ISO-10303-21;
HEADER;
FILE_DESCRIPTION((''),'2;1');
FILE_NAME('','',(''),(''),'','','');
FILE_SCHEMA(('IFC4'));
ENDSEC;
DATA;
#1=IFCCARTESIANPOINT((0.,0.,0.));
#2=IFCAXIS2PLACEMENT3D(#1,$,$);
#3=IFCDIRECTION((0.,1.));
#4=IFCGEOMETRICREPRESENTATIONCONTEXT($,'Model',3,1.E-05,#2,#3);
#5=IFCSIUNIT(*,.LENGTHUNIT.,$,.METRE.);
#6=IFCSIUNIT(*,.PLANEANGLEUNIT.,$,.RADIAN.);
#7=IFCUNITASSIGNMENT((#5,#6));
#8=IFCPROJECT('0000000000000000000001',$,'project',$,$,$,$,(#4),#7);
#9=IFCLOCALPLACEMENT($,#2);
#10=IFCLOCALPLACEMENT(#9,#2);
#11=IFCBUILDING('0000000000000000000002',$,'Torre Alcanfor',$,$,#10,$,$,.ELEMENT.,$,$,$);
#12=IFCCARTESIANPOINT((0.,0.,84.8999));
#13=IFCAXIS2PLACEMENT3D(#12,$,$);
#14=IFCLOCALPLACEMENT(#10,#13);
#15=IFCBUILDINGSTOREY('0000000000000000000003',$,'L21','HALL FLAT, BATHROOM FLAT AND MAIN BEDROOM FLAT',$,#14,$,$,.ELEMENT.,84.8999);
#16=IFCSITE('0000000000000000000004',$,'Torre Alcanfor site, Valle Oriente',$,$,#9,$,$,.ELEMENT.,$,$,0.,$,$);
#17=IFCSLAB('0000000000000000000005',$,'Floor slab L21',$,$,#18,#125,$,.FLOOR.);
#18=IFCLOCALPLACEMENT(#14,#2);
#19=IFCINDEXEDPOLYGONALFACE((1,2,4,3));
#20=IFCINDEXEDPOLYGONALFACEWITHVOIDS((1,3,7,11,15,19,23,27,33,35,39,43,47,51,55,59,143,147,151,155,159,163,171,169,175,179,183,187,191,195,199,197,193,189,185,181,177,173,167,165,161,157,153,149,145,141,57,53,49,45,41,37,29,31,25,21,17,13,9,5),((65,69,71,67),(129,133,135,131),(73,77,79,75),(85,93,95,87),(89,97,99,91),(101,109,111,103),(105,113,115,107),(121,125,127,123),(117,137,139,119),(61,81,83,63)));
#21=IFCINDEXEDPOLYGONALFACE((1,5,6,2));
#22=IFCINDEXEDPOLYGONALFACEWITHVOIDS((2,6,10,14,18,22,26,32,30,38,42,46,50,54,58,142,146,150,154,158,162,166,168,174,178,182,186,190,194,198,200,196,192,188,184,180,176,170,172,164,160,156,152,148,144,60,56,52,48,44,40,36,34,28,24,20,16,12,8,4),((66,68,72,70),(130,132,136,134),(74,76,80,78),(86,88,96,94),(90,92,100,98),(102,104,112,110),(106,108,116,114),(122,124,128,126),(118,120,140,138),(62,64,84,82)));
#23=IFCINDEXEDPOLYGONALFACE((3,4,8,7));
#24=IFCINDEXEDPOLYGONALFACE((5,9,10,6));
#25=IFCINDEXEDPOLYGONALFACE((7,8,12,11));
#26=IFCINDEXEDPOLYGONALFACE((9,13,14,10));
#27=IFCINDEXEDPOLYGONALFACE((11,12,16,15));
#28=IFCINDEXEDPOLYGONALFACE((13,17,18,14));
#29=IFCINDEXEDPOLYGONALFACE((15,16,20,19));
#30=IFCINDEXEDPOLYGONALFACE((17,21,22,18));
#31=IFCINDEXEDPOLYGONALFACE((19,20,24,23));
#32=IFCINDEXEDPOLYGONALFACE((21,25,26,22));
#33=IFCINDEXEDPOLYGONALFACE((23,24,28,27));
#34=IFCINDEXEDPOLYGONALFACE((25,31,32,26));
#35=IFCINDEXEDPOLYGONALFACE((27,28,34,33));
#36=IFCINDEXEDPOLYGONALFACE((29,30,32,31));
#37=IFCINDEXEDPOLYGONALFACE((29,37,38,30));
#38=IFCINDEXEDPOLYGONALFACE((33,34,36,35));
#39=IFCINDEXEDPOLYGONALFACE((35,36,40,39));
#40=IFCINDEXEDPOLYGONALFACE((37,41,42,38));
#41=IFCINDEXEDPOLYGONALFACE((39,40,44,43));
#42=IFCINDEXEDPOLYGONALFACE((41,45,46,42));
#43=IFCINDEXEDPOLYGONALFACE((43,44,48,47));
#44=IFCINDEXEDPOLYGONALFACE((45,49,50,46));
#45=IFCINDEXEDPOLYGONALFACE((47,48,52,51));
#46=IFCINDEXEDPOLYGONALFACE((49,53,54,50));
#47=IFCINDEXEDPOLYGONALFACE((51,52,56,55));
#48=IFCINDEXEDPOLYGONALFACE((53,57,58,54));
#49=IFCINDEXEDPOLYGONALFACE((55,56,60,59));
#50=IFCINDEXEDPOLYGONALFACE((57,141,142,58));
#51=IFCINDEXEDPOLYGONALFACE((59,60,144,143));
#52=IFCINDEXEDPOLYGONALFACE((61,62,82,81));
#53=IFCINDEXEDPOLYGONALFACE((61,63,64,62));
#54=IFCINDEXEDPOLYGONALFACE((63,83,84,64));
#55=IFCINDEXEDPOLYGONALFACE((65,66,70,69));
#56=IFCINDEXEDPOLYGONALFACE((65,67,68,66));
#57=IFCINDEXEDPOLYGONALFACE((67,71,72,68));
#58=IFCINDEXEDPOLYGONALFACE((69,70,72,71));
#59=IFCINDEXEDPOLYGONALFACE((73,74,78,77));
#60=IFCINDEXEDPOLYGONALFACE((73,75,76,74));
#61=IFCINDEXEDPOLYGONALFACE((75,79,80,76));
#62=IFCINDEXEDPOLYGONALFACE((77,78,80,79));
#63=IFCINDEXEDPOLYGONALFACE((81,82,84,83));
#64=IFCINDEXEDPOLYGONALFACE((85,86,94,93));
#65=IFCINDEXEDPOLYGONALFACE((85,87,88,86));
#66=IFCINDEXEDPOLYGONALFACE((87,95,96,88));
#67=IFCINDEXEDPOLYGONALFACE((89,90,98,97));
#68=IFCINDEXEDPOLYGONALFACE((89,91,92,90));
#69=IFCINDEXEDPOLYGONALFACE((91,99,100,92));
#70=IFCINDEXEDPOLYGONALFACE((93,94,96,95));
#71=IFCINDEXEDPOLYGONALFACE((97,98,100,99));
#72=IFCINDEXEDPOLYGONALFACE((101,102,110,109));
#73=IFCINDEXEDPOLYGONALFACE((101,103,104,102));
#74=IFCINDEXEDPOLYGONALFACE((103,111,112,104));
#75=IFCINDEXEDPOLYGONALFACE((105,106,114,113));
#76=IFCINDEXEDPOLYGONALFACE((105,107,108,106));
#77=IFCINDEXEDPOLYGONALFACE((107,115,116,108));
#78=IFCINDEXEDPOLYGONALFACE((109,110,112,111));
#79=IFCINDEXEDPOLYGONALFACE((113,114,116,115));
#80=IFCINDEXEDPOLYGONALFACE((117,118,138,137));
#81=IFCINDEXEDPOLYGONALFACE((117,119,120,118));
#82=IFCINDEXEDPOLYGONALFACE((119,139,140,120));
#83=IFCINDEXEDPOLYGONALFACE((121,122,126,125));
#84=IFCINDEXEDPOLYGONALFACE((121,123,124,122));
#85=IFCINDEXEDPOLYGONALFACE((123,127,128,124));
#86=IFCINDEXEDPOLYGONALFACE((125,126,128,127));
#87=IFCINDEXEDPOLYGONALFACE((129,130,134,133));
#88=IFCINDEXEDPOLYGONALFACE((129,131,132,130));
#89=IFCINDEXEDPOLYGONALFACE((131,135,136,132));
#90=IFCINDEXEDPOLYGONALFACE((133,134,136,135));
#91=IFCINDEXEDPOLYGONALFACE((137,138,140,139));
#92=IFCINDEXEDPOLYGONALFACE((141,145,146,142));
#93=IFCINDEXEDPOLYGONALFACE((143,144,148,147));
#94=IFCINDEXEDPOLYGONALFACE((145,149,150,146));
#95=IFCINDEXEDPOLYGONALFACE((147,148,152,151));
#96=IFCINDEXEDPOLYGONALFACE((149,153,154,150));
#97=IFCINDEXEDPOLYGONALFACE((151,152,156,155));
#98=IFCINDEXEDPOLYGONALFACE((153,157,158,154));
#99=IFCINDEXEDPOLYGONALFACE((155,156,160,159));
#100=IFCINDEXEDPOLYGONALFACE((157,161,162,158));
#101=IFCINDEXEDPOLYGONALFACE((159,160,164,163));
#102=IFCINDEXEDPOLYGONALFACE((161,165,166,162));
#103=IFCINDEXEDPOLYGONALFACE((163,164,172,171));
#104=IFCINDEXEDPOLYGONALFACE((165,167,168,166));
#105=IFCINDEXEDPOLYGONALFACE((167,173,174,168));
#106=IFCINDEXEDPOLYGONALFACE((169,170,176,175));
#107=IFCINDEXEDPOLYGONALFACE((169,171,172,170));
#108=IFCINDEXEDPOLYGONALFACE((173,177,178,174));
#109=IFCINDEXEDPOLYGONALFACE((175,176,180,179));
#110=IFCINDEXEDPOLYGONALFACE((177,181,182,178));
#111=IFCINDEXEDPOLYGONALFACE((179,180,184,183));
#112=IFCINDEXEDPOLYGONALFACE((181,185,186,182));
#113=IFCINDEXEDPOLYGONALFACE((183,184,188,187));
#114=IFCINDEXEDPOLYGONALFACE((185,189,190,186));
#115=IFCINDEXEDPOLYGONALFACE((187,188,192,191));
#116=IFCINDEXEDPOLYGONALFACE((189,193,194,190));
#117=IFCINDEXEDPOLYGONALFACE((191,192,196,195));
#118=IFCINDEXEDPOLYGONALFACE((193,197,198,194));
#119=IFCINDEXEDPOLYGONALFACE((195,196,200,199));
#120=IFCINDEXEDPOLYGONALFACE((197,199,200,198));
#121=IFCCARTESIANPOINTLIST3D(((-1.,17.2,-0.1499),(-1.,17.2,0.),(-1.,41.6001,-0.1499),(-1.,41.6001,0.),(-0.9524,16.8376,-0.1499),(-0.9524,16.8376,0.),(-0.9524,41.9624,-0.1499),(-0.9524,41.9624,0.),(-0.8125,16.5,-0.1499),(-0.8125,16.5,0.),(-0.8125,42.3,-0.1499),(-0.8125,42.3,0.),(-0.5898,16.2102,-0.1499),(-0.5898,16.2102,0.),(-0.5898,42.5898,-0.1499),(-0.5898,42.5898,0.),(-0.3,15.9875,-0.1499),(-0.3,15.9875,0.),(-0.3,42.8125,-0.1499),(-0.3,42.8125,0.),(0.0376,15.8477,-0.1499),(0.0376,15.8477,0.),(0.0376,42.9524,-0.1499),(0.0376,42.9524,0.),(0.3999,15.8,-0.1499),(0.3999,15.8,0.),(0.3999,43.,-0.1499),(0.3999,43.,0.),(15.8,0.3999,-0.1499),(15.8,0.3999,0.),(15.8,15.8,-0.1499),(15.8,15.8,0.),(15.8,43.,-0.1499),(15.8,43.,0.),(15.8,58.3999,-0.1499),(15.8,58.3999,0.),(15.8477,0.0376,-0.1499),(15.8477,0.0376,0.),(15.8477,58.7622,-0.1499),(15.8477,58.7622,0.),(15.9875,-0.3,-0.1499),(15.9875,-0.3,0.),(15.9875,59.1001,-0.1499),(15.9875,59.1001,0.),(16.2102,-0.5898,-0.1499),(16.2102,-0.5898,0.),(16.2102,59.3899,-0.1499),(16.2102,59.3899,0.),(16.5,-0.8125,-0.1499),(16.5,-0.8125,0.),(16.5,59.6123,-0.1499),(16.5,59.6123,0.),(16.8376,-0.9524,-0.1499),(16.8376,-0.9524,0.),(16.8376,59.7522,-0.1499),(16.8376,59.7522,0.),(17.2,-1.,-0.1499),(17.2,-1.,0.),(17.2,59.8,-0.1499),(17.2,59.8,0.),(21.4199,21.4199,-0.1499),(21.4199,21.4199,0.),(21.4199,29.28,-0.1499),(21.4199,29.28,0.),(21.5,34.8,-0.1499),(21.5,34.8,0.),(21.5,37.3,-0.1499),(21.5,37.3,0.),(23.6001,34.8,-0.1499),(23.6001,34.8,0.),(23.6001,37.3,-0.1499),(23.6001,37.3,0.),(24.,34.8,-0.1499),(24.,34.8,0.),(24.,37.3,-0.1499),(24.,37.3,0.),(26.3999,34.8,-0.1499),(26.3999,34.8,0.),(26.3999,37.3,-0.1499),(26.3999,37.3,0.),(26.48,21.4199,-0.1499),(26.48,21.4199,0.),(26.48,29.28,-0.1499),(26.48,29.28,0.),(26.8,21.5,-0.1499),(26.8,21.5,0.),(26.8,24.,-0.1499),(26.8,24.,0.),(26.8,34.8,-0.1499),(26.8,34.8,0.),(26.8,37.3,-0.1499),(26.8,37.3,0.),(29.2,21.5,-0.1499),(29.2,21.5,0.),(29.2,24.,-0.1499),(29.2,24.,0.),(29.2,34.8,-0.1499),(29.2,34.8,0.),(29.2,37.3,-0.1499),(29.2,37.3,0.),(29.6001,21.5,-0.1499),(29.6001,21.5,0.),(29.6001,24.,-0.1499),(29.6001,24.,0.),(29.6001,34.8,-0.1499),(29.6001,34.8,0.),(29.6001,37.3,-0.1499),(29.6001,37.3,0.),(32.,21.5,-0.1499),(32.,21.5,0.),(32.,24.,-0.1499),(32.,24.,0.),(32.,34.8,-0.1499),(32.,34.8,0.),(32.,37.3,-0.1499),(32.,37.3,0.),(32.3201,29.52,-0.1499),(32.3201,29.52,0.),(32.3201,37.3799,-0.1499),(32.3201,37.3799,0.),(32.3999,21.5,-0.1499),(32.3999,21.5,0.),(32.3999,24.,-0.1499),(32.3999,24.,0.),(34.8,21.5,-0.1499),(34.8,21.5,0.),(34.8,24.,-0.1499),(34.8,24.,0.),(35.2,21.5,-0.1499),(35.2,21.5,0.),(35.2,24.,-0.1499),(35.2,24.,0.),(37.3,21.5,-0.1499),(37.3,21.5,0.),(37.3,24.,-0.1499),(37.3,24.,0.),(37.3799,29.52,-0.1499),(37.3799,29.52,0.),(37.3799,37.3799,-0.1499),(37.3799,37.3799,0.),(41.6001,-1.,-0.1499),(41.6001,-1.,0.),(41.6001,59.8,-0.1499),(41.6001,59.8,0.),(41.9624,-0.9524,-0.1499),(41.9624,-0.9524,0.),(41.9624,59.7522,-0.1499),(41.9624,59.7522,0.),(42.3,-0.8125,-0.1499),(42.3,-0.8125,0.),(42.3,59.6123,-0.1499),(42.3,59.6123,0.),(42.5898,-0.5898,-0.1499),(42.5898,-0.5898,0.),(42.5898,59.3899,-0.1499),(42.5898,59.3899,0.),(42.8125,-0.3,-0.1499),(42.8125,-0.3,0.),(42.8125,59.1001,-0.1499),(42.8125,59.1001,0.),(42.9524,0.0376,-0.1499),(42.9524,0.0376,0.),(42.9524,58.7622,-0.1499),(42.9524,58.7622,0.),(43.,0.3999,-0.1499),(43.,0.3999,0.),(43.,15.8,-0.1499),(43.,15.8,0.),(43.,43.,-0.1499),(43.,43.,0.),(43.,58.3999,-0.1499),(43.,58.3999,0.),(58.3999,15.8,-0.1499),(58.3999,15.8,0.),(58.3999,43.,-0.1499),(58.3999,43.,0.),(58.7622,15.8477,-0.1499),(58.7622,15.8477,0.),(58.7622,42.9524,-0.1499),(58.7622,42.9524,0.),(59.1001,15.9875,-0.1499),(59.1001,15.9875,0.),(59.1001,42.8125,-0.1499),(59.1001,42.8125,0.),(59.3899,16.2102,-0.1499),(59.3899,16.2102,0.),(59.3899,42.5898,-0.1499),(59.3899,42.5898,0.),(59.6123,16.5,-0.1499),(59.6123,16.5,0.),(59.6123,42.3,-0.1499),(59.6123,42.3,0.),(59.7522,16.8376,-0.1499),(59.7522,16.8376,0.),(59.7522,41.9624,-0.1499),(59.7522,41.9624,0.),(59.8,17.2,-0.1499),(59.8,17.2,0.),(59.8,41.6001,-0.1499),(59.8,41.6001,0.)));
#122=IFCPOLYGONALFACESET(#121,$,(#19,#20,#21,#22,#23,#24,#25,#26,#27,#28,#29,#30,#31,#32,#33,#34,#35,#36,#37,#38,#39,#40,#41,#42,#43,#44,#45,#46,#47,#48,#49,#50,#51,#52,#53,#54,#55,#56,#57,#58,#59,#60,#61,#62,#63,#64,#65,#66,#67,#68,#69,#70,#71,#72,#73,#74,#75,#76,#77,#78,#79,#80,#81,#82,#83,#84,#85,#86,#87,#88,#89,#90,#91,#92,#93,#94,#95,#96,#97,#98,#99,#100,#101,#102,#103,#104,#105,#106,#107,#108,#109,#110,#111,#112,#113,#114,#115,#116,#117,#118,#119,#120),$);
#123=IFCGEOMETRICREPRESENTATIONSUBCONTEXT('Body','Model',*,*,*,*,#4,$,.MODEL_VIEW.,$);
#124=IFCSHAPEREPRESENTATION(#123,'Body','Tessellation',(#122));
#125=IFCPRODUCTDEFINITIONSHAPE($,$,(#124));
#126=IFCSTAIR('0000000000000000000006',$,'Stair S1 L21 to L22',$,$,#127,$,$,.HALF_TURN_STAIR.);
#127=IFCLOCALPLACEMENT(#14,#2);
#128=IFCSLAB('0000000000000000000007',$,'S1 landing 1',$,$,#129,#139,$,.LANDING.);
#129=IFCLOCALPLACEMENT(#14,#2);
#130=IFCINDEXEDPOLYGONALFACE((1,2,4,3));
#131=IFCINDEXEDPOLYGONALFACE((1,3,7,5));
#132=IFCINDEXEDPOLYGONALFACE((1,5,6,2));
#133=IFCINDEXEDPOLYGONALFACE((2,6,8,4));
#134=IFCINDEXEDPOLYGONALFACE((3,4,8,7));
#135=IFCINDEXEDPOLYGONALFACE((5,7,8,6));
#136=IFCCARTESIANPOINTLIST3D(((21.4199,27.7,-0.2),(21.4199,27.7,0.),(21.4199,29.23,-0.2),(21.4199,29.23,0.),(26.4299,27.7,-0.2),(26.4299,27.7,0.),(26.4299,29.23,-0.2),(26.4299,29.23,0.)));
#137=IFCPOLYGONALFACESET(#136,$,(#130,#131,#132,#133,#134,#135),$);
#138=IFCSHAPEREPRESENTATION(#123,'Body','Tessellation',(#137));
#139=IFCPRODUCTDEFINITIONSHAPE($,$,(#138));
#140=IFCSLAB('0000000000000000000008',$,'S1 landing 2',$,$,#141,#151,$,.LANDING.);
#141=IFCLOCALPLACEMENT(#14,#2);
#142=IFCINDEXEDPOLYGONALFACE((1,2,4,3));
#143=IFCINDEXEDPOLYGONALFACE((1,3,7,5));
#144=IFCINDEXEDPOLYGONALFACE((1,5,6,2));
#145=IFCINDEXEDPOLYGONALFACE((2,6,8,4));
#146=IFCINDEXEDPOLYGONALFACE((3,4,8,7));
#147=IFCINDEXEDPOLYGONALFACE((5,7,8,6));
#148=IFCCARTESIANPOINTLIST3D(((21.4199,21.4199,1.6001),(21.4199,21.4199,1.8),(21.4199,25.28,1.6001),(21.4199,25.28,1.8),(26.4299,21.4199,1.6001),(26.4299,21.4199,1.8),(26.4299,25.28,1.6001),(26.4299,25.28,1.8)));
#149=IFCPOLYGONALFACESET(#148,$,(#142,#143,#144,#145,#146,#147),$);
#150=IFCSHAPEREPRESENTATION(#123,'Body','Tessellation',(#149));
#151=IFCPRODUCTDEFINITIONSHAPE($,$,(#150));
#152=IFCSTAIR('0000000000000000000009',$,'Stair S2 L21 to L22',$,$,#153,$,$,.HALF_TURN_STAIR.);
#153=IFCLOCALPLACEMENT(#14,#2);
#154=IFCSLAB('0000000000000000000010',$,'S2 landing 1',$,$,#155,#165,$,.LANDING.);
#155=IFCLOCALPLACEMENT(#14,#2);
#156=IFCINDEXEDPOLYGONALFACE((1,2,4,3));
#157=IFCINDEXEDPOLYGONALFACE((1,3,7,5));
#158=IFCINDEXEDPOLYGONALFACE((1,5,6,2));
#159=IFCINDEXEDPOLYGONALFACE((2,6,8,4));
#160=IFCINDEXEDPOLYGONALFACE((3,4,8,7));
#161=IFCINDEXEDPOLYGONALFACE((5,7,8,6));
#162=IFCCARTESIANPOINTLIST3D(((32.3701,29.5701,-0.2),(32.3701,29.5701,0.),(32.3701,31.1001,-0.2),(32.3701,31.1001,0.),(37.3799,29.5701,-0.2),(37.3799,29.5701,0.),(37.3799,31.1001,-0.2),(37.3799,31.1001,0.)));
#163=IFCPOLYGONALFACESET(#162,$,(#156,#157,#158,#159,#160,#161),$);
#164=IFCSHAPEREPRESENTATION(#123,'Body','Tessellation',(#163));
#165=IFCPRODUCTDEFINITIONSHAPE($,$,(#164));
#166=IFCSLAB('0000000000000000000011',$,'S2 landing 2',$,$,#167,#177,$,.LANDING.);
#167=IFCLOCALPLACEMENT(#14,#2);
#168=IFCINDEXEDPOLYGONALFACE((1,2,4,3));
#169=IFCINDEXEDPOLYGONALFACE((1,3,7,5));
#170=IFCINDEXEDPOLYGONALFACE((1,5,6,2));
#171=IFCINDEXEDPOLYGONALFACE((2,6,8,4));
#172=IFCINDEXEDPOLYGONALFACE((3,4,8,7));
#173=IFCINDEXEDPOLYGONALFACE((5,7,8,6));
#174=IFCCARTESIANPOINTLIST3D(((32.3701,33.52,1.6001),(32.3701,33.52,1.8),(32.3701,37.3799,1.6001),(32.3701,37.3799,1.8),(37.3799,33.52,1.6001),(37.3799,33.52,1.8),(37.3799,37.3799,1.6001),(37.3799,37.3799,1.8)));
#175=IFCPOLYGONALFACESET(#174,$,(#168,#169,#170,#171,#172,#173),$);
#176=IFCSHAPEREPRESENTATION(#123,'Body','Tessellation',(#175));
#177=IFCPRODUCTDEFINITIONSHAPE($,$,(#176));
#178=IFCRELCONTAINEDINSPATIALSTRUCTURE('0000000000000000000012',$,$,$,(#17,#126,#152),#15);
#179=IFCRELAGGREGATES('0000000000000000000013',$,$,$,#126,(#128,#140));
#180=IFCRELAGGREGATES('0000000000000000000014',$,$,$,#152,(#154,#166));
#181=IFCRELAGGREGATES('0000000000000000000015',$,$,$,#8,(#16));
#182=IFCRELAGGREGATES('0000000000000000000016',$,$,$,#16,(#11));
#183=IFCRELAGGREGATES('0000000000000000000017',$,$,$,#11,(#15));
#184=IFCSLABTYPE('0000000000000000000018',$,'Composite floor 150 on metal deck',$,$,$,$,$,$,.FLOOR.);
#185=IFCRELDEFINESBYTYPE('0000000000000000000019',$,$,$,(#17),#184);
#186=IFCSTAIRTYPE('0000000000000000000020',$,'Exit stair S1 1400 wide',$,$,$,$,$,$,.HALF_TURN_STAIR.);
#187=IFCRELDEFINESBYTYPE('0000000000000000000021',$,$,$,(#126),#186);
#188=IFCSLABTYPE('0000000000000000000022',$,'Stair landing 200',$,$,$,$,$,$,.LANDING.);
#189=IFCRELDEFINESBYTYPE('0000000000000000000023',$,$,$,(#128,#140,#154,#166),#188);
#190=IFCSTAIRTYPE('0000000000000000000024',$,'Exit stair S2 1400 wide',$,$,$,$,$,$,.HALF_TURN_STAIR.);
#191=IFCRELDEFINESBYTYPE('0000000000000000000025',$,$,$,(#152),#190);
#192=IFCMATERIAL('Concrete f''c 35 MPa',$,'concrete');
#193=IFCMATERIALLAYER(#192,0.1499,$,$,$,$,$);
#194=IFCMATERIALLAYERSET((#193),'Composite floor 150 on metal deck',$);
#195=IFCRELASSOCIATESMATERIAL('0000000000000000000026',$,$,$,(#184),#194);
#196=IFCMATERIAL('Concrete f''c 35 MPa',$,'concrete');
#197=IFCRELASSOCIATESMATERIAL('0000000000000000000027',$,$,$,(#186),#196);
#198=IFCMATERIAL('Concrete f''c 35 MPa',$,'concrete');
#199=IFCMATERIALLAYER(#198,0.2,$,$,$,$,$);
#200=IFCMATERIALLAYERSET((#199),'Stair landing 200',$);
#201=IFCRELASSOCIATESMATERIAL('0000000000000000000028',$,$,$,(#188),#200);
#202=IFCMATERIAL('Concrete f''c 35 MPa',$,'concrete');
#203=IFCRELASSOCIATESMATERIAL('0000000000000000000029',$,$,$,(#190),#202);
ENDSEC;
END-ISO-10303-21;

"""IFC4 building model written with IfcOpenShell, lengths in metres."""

from ifc_helpers import new_model, si_unit, direction, frame, origin, place, context, subcontext, project, spatial, polyline, outline, extrude, material, layer, layer_set, type_object, element, aggregate, save


model = new_model("IFC4")

# Units and contexts
model_context = context("Model", 3, precision=1e-05, world=origin(), true_north=direction((0.0, 1.0)))
body_context = subcontext(model_context, "Body", "Model", "MODEL_VIEW")
ifc_project = project(units=[si_unit("LENGTHUNIT", "METRE"), si_unit("PLANEANGLEUNIT", "RADIAN")], contexts=[model_context])

# Site, building, storey
site_placement = place(None, origin())
site = spatial("IfcSite", under=ifc_project, at=site_placement, Name="Torre Alcanfor site, Valle Oriente", CompositionType="ELEMENT", RefElevation=0.0)
building_placement = place(site_placement, origin())
building = spatial("IfcBuilding", under=site, at=building_placement, Name="Torre Alcanfor", CompositionType="ELEMENT")
storey_placement = place(building_placement, frame((0.0, 0.0, 84.8999)))
storey = spatial("IfcBuildingStorey", under=building, at=storey_placement, Name="L21", Description="HALL FLAT, BATHROOM FLAT AND MAIN BEDROOM FLAT", CompositionType="ELEMENT", Elevation=84.8999)

# Slab
ifc_material_1 = material(Name="Concrete f'c 35 MPa", Category="concrete")
ifc_layer_1 = layer(ifc_material_1, 0.1499)
ifc_layer_set_1 = layer_set([ifc_layer_1], Name="Composite floor 150 on metal deck")
slab_type_1 = type_object("IfcSlabType", Name="Composite floor 150 on metal deck", PredefinedType="FLOOR", material=ifc_layer_set_1)
slab_1_placement = place(storey_placement, frame((0.0, 0.0, -0.1499)))
element("IfcSlab", 1, at=slab_1_placement, inside=storey, type_object=slab_type_1, Name="Floor slab L21", PredefinedType="FLOOR", context=body_context, shape_type="SweptSolid", body=[
    extrude(outline(polyline([(15.8, 43.0), (0.3999, 43.0), (0.0376, 42.9524), (-0.3, 42.8125), (-0.5898, 42.5898), (-0.8125, 42.3), (-0.9524, 41.9624), (-1.0, 41.6001), (-1.0, 17.2), (-0.9524, 16.8376), (-0.8125, 16.5), (-0.5898, 16.2102), (-0.3, 15.9875), (0.0376, 15.8477), (0.3999, 15.8), (15.8, 15.8), (15.8, 0.3999), (15.8477, 0.0376), (15.9875, -0.3), (16.2102, -0.5898), (16.5, -0.8125), (16.8376, -0.9524), (17.2, -1.0), (41.6001, -1.0), (41.9624, -0.9524), (42.3, -0.8125), (42.5898, -0.5898), (42.8125, -0.3), (42.9524, 0.0376), (43.0, 0.3999), (43.0, 15.8), (58.3999, 15.8), (58.7622, 15.8477), (59.1001, 15.9875), (59.3899, 16.2102), (59.6123, 16.5), (59.7522, 16.8376), (59.8, 17.2), (59.8, 41.6001), (59.7522, 41.9624), (59.6123, 42.3), (59.3899, 42.5898), (59.1001, 42.8125), (58.7622, 42.9524), (58.3999, 43.0), (43.0, 43.0), (43.0, 58.3999), (42.9524, 58.7622), (42.8125, 59.1001), (42.5898, 59.3899), (42.3, 59.6123), (41.9624, 59.7522), (41.6001, 59.8), (17.2, 59.8), (16.8376, 59.7522), (16.5, 59.6123), (16.2102, 59.3899), (15.9875, 59.1001), (15.8477, 58.7622), (15.8, 58.3999), (15.8, 43.0)]), holes=[polyline([(21.4199, 21.4199), (26.48, 21.4199), (26.48, 29.28), (21.4199, 29.28), (21.4199, 21.4199)]), polyline([(32.3201, 29.52), (37.3799, 29.52), (37.3799, 37.3799), (32.3201, 37.3799), (32.3201, 29.52)]), polyline([(26.8, 21.5), (29.2, 21.5), (29.2, 24.0), (26.8, 24.0), (26.8, 21.5)]), polyline([(29.6001, 21.5), (32.0, 21.5), (32.0, 24.0), (29.6001, 24.0), (29.6001, 21.5)]), polyline([(32.3999, 21.5), (34.8, 21.5), (34.8, 24.0), (32.3999, 24.0), (32.3999, 21.5)]), polyline([(35.2, 21.5), (37.3, 21.5), (37.3, 24.0), (35.2, 24.0), (35.2, 21.5)]), polyline([(21.5, 34.8), (23.6001, 34.8), (23.6001, 37.3), (21.5, 37.3), (21.5, 34.8)]), polyline([(24.0, 34.8), (26.3999, 34.8), (26.3999, 37.3), (24.0, 37.3), (24.0, 34.8)]), polyline([(26.8, 34.8), (29.2, 34.8), (29.2, 37.3), (26.8, 37.3), (26.8, 34.8)]), polyline([(29.6001, 34.8), (32.0, 34.8), (32.0, 37.3), (29.6001, 37.3), (29.6001, 34.8)])]), origin(), (0.0, 0.0, 1.0), 0.1499),
])

# Stairs, slabs
ifc_material_2 = material(Name="Concrete f'c 35 MPa", Category="concrete")
stair_type_1 = type_object("IfcStairType", Name="Exit stair S1 1400 wide", PredefinedType="HALF_TURN_STAIR", material=ifc_material_2)
stair_1_placement = place(storey_placement, origin())
stair_1 = element("IfcStair", 2, at=stair_1_placement, inside=storey, type_object=stair_type_1, Name="Stair S1 L21 to L22", PredefinedType="HALF_TURN_STAIR")
ifc_material_3 = material(Name="Concrete f'c 35 MPa", Category="concrete")
ifc_layer_2 = layer(ifc_material_3, 0.2)
ifc_layer_set_2 = layer_set([ifc_layer_2], Name="Stair landing 200")
slab_type_2 = type_object("IfcSlabType", Name="Stair landing 200", PredefinedType="LANDING", material=ifc_layer_set_2)
slab_2_placement = place(storey_placement, frame((0.0, 0.0, -0.2)))
slab_2 = element("IfcSlab", 3, at=slab_2_placement, type_object=slab_type_2, Name="S1 landing 1", PredefinedType="LANDING", context=body_context, shape_type="SweptSolid", body=[
    extrude(outline(polyline([(21.4199, 27.7), (26.4299, 27.7), (26.4299, 29.23), (21.4199, 29.23), (21.4199, 27.7)])), origin(), (0.0, 0.0, 1.0), 0.2),
])
slab_3_placement = place(storey_placement, frame((0.0, 0.0, 1.6001)))
slab_3 = element("IfcSlab", 4, at=slab_3_placement, type_object=slab_type_2, Name="S1 landing 2", PredefinedType="LANDING", context=body_context, shape_type="SweptSolid", body=[
    extrude(outline(polyline([(21.4199, 21.4199), (26.4299, 21.4199), (26.4299, 25.28), (21.4199, 25.28), (21.4199, 21.4199)])), origin(), (0.0, 0.0, 1.0), 0.2),
])
aggregate(stair_1, [slab_2, slab_3])
ifc_material_4 = material(Name="Concrete f'c 35 MPa", Category="concrete")
stair_type_2 = type_object("IfcStairType", Name="Exit stair S2 1400 wide", PredefinedType="HALF_TURN_STAIR", material=ifc_material_4)
stair_2_placement = place(storey_placement, origin())
stair_2 = element("IfcStair", 5, at=stair_2_placement, inside=storey, type_object=stair_type_2, Name="Stair S2 L21 to L22", PredefinedType="HALF_TURN_STAIR")
slab_4_placement = place(storey_placement, frame((0.0, 0.0, -0.2)))
slab_4 = element("IfcSlab", 6, at=slab_4_placement, type_object=slab_type_2, Name="S2 landing 1", PredefinedType="LANDING", context=body_context, shape_type="SweptSolid", body=[
    extrude(outline(polyline([(32.3701, 29.5701), (37.3799, 29.5701), (37.3799, 31.1001), (32.3701, 31.1001), (32.3701, 29.5701)])), origin(), (0.0, 0.0, 1.0), 0.2),
])
slab_5_placement = place(storey_placement, frame((0.0, 0.0, 1.6001)))
slab_5 = element("IfcSlab", 7, at=slab_5_placement, type_object=slab_type_2, Name="S2 landing 2", PredefinedType="LANDING", context=body_context, shape_type="SweptSolid", body=[
    extrude(outline(polyline([(32.3701, 33.52), (37.3799, 33.52), (37.3799, 37.3799), (32.3701, 37.3799), (32.3701, 33.52)])), origin(), (0.0, 0.0, 1.0), 0.2),
])
aggregate(stair_2, [slab_4, slab_5])

save(model, "model.ifc")
